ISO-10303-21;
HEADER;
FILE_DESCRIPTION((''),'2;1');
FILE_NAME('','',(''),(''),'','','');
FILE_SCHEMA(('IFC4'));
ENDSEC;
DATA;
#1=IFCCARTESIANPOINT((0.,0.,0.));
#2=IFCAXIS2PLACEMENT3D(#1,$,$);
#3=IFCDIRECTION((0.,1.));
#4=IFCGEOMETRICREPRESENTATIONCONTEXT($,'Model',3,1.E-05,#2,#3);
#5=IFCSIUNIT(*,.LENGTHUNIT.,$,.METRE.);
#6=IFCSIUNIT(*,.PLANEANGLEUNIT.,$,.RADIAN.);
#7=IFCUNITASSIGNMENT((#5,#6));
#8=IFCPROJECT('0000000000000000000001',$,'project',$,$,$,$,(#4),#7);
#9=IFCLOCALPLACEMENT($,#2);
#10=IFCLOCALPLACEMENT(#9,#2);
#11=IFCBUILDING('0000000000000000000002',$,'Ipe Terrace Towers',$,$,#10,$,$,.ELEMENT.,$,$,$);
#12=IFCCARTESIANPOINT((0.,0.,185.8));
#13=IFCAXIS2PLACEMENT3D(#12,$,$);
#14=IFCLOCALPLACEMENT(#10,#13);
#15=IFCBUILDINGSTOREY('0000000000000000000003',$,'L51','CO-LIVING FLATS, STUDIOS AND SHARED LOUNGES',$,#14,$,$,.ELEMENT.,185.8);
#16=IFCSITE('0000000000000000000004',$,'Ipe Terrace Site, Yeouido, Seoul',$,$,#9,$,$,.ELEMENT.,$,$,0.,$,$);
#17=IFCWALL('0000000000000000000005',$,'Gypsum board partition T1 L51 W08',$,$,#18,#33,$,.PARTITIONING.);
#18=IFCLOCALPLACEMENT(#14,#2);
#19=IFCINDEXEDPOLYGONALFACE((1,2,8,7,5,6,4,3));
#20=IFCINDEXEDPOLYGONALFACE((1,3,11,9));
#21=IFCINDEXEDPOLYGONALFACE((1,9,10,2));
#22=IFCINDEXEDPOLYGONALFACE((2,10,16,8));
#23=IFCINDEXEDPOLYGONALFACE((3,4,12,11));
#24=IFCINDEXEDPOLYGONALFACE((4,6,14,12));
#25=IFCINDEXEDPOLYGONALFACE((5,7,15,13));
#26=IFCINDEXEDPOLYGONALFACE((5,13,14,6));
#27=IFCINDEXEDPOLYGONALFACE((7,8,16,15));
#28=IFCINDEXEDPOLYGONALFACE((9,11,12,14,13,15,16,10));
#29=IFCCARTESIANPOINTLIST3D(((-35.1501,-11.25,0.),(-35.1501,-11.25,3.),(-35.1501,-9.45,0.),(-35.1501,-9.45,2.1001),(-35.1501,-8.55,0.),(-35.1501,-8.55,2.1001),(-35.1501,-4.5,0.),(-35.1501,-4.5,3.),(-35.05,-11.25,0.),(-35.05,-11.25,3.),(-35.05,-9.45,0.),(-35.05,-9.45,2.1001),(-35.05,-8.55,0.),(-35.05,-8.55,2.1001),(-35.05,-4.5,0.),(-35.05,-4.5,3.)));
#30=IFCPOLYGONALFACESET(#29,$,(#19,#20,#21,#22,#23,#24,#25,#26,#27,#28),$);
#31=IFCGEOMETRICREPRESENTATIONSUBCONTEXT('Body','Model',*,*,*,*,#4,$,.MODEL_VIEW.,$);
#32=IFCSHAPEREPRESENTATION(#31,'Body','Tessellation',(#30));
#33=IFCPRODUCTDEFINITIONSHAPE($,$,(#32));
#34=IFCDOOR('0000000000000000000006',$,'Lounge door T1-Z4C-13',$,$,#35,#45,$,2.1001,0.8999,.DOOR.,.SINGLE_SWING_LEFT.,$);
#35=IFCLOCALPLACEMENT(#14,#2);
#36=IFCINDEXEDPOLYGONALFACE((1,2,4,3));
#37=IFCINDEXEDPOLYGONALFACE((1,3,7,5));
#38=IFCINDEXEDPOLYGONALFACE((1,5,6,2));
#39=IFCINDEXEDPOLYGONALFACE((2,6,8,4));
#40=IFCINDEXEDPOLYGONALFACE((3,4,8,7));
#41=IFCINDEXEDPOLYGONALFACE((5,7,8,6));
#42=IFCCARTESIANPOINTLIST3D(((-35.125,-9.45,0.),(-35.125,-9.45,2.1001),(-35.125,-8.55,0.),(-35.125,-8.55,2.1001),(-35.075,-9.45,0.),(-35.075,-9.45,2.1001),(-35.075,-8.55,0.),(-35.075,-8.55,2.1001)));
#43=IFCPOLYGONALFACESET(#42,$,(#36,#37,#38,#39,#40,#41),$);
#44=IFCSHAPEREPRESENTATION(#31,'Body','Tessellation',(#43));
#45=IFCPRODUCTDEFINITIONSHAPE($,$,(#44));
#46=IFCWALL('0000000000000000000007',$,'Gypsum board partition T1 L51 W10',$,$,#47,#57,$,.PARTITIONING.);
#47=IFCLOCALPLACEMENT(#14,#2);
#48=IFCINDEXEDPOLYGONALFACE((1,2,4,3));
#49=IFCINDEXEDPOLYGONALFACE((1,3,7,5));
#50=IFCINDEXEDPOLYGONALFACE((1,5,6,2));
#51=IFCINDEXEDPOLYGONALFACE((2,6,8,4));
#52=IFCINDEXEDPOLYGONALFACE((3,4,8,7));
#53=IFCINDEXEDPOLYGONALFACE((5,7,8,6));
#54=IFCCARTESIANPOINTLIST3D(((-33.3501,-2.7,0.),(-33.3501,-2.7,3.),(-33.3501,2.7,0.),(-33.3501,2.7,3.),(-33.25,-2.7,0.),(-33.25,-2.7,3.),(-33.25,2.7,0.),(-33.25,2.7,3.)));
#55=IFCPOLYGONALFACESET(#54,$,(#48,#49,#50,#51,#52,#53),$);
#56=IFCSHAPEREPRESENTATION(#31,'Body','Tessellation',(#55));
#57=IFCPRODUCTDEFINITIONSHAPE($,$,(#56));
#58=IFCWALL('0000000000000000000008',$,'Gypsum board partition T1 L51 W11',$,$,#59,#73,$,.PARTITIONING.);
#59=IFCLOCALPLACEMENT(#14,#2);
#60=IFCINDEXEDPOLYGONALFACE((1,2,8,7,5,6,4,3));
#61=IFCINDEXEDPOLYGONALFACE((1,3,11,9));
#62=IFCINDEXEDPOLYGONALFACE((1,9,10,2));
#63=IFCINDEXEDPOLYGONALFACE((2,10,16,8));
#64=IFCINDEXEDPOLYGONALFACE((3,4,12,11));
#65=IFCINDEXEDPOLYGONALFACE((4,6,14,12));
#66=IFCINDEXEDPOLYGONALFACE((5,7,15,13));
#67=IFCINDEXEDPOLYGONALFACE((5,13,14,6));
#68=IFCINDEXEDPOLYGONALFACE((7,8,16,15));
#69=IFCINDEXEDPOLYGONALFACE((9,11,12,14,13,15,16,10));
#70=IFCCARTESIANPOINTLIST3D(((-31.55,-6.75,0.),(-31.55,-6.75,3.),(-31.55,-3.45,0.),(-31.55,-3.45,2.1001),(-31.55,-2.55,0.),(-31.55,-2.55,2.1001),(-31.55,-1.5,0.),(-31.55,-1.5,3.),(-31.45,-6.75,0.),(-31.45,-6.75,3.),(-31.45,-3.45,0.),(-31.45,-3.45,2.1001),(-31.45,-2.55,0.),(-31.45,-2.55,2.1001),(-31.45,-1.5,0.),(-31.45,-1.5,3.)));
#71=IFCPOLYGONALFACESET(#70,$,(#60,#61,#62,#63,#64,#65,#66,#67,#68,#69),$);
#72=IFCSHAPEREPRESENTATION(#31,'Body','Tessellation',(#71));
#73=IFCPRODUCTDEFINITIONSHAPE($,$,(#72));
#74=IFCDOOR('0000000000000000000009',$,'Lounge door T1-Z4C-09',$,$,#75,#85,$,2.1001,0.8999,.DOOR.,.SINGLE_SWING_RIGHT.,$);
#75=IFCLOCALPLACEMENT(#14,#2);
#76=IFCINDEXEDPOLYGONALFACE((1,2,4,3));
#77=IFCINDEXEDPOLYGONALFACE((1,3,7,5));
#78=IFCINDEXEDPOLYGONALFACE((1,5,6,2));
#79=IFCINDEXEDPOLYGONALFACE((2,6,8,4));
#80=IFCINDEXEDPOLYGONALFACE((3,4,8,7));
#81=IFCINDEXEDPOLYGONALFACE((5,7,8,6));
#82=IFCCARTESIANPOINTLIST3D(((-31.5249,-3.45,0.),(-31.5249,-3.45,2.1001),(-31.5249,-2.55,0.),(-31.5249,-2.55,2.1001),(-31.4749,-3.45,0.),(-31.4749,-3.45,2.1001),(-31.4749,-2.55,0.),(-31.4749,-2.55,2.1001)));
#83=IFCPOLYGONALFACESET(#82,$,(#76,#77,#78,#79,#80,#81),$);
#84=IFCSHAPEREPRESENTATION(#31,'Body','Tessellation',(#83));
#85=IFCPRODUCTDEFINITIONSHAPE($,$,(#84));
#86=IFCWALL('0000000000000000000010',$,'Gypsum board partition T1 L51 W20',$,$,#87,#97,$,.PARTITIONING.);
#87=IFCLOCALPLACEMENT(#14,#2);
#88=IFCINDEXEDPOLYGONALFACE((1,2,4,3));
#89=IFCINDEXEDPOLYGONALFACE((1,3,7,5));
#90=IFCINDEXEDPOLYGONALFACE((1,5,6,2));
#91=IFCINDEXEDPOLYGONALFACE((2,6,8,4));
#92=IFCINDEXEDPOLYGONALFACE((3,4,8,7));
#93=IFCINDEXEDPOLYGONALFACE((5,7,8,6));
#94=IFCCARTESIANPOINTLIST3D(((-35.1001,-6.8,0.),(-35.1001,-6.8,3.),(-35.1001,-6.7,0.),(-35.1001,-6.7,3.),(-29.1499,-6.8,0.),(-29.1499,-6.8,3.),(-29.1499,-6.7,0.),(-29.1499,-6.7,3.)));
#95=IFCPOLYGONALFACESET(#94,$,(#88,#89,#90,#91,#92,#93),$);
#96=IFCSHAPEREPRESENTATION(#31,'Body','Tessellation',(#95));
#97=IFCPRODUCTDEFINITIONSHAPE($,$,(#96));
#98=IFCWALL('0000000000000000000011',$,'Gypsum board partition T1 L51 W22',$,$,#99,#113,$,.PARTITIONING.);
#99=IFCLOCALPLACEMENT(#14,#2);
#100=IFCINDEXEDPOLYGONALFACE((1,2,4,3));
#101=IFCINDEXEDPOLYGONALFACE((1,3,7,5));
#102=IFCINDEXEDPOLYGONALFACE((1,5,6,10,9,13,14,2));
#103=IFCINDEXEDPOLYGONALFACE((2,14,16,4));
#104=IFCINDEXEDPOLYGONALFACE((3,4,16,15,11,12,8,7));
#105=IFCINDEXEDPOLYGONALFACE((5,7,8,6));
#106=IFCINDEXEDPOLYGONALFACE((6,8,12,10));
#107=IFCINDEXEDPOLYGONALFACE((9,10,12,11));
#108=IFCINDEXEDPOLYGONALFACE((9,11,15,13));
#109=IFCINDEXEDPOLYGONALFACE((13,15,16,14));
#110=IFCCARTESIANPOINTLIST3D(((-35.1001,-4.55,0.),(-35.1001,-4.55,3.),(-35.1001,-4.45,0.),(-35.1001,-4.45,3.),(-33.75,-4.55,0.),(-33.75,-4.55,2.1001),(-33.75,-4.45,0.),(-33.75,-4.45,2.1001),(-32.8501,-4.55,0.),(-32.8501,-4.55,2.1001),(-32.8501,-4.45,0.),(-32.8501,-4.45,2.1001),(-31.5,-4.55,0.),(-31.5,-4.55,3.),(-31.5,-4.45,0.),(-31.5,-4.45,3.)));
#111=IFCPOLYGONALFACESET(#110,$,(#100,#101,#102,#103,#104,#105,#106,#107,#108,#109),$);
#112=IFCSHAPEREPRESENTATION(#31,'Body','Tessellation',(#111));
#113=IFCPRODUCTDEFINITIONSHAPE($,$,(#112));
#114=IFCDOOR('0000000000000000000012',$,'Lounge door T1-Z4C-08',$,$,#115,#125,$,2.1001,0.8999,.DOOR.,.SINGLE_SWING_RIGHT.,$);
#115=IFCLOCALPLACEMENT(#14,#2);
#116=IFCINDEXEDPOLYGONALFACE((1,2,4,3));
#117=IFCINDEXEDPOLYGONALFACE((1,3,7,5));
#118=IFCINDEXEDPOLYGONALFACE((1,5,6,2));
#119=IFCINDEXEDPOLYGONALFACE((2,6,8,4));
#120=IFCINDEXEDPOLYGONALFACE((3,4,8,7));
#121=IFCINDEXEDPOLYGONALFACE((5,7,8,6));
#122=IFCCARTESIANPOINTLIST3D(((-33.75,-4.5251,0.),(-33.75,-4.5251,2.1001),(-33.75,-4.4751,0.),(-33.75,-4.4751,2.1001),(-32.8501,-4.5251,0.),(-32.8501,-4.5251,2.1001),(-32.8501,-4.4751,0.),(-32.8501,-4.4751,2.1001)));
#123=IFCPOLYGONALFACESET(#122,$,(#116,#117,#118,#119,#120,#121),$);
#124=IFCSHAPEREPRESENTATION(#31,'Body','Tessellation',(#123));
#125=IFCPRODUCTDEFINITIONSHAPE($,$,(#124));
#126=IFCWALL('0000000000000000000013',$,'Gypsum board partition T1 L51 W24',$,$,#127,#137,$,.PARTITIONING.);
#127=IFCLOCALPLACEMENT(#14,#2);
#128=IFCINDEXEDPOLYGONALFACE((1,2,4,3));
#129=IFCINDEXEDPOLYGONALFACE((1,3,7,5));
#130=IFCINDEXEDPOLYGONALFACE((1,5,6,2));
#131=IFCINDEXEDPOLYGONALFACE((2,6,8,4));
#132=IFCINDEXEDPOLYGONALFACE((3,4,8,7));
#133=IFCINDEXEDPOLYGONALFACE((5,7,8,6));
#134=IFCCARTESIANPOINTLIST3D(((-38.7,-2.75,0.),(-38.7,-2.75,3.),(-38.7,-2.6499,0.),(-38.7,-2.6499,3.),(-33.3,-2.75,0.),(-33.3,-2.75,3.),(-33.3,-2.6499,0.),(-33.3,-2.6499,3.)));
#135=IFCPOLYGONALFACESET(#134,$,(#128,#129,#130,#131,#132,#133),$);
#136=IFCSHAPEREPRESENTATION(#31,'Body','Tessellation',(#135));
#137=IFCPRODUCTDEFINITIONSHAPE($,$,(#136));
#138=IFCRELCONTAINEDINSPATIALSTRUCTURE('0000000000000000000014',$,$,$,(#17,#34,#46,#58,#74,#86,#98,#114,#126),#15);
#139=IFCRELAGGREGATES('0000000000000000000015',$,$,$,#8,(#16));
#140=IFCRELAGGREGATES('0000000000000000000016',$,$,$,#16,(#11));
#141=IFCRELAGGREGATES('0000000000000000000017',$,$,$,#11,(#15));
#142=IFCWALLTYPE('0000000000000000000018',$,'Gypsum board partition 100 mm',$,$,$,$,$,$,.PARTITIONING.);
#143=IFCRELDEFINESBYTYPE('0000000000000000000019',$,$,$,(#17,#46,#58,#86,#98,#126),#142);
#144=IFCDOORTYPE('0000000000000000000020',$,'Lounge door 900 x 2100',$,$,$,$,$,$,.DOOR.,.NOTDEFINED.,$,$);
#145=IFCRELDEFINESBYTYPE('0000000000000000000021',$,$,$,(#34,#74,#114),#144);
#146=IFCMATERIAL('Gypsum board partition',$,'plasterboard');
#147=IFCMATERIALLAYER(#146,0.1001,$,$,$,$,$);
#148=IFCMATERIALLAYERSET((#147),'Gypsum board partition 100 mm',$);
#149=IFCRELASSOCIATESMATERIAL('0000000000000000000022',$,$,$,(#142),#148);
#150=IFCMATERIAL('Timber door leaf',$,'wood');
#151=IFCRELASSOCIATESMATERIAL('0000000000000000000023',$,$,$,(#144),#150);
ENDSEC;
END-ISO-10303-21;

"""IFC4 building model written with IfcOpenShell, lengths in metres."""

from ifc_helpers import new_model, si_unit, direction, frame, frame_2d, origin, place, context, subcontext, project, spatial, rectangle, extrude, material, layer, layer_set, type_object, element, fill, save


model = new_model("IFC4")

# Units and contexts
model_context = context("Model", 3, precision=1e-05, world=origin(), true_north=direction((0.0, 1.0)))
body_context = subcontext(model_context, "Body", "Model", "MODEL_VIEW")
ifc_project = project(units=[si_unit("LENGTHUNIT", "METRE"), si_unit("PLANEANGLEUNIT", "RADIAN")], contexts=[model_context])

# Site, building, storey
site_placement = place(None, origin())
site = spatial("IfcSite", under=ifc_project, at=site_placement, Name="Ipe Terrace Site, Yeouido, Seoul", CompositionType="ELEMENT", RefElevation=0.0)
building_placement = place(site_placement, origin())
building = spatial("IfcBuilding", under=site, at=building_placement, Name="Ipe Terrace Towers", CompositionType="ELEMENT")
storey_placement = place(building_placement, frame((0.0, 0.0, 185.8)))
storey = spatial("IfcBuildingStorey", under=building, at=storey_placement, Name="L51", Description="CO-LIVING FLATS, STUDIOS AND SHARED LOUNGES", CompositionType="ELEMENT", Elevation=185.8)

# Shared definitions
ifc_material_1 = material(Name="Gypsum board partition", Category="plasterboard")
ifc_layer_1 = layer(ifc_material_1, 0.1001)
ifc_layer_set_1 = layer_set([ifc_layer_1], Name="Gypsum board partition 100 mm")
wall_type_1 = type_object("IfcWallType", Name="Gypsum board partition 100 mm", PredefinedType="PARTITIONING", material=ifc_layer_set_1)
ifc_material_2 = material(Name="Timber door leaf", Category="wood")
door_type_1 = type_object("IfcDoorType", Name="Lounge door 900 x 2100", OperationType="NOTDEFINED", PredefinedType="DOOR", material=ifc_material_2)

# Wall, opening, door
wall_1_placement = place(storey_placement, frame((-35.1001, -11.25, 0.0), z_axis=(0.0, 0.0, 1.0), x_axis=(0.0, 1.0, 0.0)))
wall_1 = element("IfcWall", 1, at=wall_1_placement, inside=storey, type_object=wall_type_1, Name="Gypsum board partition T1 L51 W08", PredefinedType="PARTITIONING", context=body_context, shape_type="SweptSolid", body=[
    extrude(rectangle(XDim=6.75, YDim=0.1001, at=frame_2d((3.375, 0.0))), origin(), (0.0, 0.0, 1.0), 3.0),
])
opening_1_placement = place(wall_1_placement, frame((1.8, 0.0, 0.0)))
opening_1 = element("IfcOpeningElement", 2, at=opening_1_placement, cuts=wall_1, PredefinedType="OPENING", context=body_context, shape_type="SweptSolid", body=[
    extrude(rectangle(XDim=0.8999, YDim=2.1001, at=frame_2d((0.45, 1.05))), frame((0.0, 0.0601, 0.0), z_axis=(0.0, -1.0, 0.0), x_axis=(1.0, 0.0, 0.0)), (0.0, 0.0, 1.0), 0.1201),
])
door_1_placement = place(opening_1_placement, origin())
door_1 = element("IfcDoor", 3, at=door_1_placement, inside=storey, type_object=door_type_1, Name="Lounge door T1-Z4C-13", OperationType="SINGLE_SWING_LEFT", OverallHeight=2.1001, OverallWidth=0.8999, PredefinedType="DOOR", context=body_context, shape_type="SweptSolid", body=[
    extrude(rectangle(XDim=0.8999, YDim=2.1001, at=frame_2d((0.45, 1.05))), frame((0.0, 0.0249, 0.0), z_axis=(0.0, -1.0, 0.0), x_axis=(1.0, 0.0, 0.0)), (0.0, 0.0, 1.0), 0.05),
])
fill(opening_1, door_1)

# Wall
wall_2_placement = place(storey_placement, frame((-33.3, -2.7, 0.0), z_axis=(0.0, 0.0, 1.0), x_axis=(0.0, 1.0, 0.0)))
element("IfcWall", 4, at=wall_2_placement, inside=storey, type_object=wall_type_1, Name="Gypsum board partition T1 L51 W10", PredefinedType="PARTITIONING", context=body_context, shape_type="SweptSolid", body=[
    extrude(rectangle(XDim=5.3999, YDim=0.1001, at=frame_2d((2.7, 0.0))), origin(), (0.0, 0.0, 1.0), 3.0),
])

# Wall, opening, door
wall_3_placement = place(storey_placement, frame((-31.5, -6.75, 0.0), z_axis=(0.0, 0.0, 1.0), x_axis=(0.0, 1.0, 0.0)))
wall_3 = element("IfcWall", 5, at=wall_3_placement, inside=storey, type_object=wall_type_1, Name="Gypsum board partition T1 L51 W11", PredefinedType="PARTITIONING", context=body_context, shape_type="SweptSolid", body=[
    extrude(rectangle(XDim=5.25, YDim=0.1001, at=frame_2d((2.625, 0.0))), origin(), (0.0, 0.0, 1.0), 3.0),
])
opening_2_placement = place(wall_3_placement, frame((3.3, 0.0, 0.0)))
opening_2 = element("IfcOpeningElement", 6, at=opening_2_placement, cuts=wall_3, PredefinedType="OPENING", context=body_context, shape_type="SweptSolid", body=[
    extrude(rectangle(XDim=0.8999, YDim=2.1001, at=frame_2d((0.45, 1.05))), frame((0.0, 0.0601, 0.0), z_axis=(0.0, -1.0, 0.0), x_axis=(1.0, 0.0, 0.0)), (0.0, 0.0, 1.0), 0.1201),
])
door_2_placement = place(opening_2_placement, origin())
door_2 = element("IfcDoor", 7, at=door_2_placement, inside=storey, type_object=door_type_1, Name="Lounge door T1-Z4C-09", OperationType="SINGLE_SWING_RIGHT", OverallHeight=2.1001, OverallWidth=0.8999, PredefinedType="DOOR", context=body_context, shape_type="SweptSolid", body=[
    extrude(rectangle(XDim=0.8999, YDim=2.1001, at=frame_2d((0.45, 1.05))), frame((0.0, 0.0249, 0.0), z_axis=(0.0, -1.0, 0.0), x_axis=(1.0, 0.0, 0.0)), (0.0, 0.0, 1.0), 0.05),
])
fill(opening_2, door_2)

# Wall
wall_4_placement = place(storey_placement, frame((-35.1001, -6.75, 0.0), z_axis=(0.0, 0.0, 1.0), x_axis=(1.0, 0.0, 0.0)))
element("IfcWall", 8, at=wall_4_placement, inside=storey, type_object=wall_type_1, Name="Gypsum board partition T1 L51 W20", PredefinedType="PARTITIONING", context=body_context, shape_type="SweptSolid", body=[
    extrude(rectangle(XDim=5.9502, YDim=0.1001, at=frame_2d((2.9751, 0.0))), origin(), (0.0, 0.0, 1.0), 3.0),
])

# Wall, opening, door
wall_5_placement = place(storey_placement, frame((-35.1001, -4.5, 0.0), z_axis=(0.0, 0.0, 1.0), x_axis=(1.0, 0.0, 0.0)))
wall_5 = element("IfcWall", 9, at=wall_5_placement, inside=storey, type_object=wall_type_1, Name="Gypsum board partition T1 L51 W22", PredefinedType="PARTITIONING", context=body_context, shape_type="SweptSolid", body=[
    extrude(rectangle(XDim=3.6001, YDim=0.1001, at=frame_2d((1.8, 0.0))), origin(), (0.0, 0.0, 1.0), 3.0),
])
opening_3_placement = place(wall_5_placement, frame((1.3501, 0.0, 0.0)))
opening_3 = element("IfcOpeningElement", 10, at=opening_3_placement, cuts=wall_5, PredefinedType="OPENING", context=body_context, shape_type="SweptSolid", body=[
    extrude(rectangle(XDim=0.8999, YDim=2.1001, at=frame_2d((0.45, 1.05))), frame((0.0, 0.0601, 0.0), z_axis=(0.0, -1.0, 0.0), x_axis=(1.0, 0.0, 0.0)), (0.0, 0.0, 1.0), 0.1201),
])
door_3_placement = place(opening_3_placement, origin())
door_3 = element("IfcDoor", 11, at=door_3_placement, inside=storey, type_object=door_type_1, Name="Lounge door T1-Z4C-08", OperationType="SINGLE_SWING_RIGHT", OverallHeight=2.1001, OverallWidth=0.8999, PredefinedType="DOOR", context=body_context, shape_type="SweptSolid", body=[
    extrude(rectangle(XDim=0.8999, YDim=2.1001, at=frame_2d((0.45, 1.05))), frame((0.0, 0.0249, 0.0), z_axis=(0.0, -1.0, 0.0), x_axis=(1.0, 0.0, 0.0)), (0.0, 0.0, 1.0), 0.05),
])
fill(opening_3, door_3)

# Wall
wall_6_placement = place(storey_placement, frame((-38.7, -2.7, 0.0), z_axis=(0.0, 0.0, 1.0), x_axis=(1.0, 0.0, 0.0)))
element("IfcWall", 12, at=wall_6_placement, inside=storey, type_object=wall_type_1, Name="Gypsum board partition T1 L51 W24", PredefinedType="PARTITIONING", context=body_context, shape_type="SweptSolid", body=[
    extrude(rectangle(XDim=5.3999, YDim=0.1001, at=frame_2d((2.7, 0.0))), origin(), (0.0, 0.0, 1.0), 3.0),
])

save(model, "model.ifc")
